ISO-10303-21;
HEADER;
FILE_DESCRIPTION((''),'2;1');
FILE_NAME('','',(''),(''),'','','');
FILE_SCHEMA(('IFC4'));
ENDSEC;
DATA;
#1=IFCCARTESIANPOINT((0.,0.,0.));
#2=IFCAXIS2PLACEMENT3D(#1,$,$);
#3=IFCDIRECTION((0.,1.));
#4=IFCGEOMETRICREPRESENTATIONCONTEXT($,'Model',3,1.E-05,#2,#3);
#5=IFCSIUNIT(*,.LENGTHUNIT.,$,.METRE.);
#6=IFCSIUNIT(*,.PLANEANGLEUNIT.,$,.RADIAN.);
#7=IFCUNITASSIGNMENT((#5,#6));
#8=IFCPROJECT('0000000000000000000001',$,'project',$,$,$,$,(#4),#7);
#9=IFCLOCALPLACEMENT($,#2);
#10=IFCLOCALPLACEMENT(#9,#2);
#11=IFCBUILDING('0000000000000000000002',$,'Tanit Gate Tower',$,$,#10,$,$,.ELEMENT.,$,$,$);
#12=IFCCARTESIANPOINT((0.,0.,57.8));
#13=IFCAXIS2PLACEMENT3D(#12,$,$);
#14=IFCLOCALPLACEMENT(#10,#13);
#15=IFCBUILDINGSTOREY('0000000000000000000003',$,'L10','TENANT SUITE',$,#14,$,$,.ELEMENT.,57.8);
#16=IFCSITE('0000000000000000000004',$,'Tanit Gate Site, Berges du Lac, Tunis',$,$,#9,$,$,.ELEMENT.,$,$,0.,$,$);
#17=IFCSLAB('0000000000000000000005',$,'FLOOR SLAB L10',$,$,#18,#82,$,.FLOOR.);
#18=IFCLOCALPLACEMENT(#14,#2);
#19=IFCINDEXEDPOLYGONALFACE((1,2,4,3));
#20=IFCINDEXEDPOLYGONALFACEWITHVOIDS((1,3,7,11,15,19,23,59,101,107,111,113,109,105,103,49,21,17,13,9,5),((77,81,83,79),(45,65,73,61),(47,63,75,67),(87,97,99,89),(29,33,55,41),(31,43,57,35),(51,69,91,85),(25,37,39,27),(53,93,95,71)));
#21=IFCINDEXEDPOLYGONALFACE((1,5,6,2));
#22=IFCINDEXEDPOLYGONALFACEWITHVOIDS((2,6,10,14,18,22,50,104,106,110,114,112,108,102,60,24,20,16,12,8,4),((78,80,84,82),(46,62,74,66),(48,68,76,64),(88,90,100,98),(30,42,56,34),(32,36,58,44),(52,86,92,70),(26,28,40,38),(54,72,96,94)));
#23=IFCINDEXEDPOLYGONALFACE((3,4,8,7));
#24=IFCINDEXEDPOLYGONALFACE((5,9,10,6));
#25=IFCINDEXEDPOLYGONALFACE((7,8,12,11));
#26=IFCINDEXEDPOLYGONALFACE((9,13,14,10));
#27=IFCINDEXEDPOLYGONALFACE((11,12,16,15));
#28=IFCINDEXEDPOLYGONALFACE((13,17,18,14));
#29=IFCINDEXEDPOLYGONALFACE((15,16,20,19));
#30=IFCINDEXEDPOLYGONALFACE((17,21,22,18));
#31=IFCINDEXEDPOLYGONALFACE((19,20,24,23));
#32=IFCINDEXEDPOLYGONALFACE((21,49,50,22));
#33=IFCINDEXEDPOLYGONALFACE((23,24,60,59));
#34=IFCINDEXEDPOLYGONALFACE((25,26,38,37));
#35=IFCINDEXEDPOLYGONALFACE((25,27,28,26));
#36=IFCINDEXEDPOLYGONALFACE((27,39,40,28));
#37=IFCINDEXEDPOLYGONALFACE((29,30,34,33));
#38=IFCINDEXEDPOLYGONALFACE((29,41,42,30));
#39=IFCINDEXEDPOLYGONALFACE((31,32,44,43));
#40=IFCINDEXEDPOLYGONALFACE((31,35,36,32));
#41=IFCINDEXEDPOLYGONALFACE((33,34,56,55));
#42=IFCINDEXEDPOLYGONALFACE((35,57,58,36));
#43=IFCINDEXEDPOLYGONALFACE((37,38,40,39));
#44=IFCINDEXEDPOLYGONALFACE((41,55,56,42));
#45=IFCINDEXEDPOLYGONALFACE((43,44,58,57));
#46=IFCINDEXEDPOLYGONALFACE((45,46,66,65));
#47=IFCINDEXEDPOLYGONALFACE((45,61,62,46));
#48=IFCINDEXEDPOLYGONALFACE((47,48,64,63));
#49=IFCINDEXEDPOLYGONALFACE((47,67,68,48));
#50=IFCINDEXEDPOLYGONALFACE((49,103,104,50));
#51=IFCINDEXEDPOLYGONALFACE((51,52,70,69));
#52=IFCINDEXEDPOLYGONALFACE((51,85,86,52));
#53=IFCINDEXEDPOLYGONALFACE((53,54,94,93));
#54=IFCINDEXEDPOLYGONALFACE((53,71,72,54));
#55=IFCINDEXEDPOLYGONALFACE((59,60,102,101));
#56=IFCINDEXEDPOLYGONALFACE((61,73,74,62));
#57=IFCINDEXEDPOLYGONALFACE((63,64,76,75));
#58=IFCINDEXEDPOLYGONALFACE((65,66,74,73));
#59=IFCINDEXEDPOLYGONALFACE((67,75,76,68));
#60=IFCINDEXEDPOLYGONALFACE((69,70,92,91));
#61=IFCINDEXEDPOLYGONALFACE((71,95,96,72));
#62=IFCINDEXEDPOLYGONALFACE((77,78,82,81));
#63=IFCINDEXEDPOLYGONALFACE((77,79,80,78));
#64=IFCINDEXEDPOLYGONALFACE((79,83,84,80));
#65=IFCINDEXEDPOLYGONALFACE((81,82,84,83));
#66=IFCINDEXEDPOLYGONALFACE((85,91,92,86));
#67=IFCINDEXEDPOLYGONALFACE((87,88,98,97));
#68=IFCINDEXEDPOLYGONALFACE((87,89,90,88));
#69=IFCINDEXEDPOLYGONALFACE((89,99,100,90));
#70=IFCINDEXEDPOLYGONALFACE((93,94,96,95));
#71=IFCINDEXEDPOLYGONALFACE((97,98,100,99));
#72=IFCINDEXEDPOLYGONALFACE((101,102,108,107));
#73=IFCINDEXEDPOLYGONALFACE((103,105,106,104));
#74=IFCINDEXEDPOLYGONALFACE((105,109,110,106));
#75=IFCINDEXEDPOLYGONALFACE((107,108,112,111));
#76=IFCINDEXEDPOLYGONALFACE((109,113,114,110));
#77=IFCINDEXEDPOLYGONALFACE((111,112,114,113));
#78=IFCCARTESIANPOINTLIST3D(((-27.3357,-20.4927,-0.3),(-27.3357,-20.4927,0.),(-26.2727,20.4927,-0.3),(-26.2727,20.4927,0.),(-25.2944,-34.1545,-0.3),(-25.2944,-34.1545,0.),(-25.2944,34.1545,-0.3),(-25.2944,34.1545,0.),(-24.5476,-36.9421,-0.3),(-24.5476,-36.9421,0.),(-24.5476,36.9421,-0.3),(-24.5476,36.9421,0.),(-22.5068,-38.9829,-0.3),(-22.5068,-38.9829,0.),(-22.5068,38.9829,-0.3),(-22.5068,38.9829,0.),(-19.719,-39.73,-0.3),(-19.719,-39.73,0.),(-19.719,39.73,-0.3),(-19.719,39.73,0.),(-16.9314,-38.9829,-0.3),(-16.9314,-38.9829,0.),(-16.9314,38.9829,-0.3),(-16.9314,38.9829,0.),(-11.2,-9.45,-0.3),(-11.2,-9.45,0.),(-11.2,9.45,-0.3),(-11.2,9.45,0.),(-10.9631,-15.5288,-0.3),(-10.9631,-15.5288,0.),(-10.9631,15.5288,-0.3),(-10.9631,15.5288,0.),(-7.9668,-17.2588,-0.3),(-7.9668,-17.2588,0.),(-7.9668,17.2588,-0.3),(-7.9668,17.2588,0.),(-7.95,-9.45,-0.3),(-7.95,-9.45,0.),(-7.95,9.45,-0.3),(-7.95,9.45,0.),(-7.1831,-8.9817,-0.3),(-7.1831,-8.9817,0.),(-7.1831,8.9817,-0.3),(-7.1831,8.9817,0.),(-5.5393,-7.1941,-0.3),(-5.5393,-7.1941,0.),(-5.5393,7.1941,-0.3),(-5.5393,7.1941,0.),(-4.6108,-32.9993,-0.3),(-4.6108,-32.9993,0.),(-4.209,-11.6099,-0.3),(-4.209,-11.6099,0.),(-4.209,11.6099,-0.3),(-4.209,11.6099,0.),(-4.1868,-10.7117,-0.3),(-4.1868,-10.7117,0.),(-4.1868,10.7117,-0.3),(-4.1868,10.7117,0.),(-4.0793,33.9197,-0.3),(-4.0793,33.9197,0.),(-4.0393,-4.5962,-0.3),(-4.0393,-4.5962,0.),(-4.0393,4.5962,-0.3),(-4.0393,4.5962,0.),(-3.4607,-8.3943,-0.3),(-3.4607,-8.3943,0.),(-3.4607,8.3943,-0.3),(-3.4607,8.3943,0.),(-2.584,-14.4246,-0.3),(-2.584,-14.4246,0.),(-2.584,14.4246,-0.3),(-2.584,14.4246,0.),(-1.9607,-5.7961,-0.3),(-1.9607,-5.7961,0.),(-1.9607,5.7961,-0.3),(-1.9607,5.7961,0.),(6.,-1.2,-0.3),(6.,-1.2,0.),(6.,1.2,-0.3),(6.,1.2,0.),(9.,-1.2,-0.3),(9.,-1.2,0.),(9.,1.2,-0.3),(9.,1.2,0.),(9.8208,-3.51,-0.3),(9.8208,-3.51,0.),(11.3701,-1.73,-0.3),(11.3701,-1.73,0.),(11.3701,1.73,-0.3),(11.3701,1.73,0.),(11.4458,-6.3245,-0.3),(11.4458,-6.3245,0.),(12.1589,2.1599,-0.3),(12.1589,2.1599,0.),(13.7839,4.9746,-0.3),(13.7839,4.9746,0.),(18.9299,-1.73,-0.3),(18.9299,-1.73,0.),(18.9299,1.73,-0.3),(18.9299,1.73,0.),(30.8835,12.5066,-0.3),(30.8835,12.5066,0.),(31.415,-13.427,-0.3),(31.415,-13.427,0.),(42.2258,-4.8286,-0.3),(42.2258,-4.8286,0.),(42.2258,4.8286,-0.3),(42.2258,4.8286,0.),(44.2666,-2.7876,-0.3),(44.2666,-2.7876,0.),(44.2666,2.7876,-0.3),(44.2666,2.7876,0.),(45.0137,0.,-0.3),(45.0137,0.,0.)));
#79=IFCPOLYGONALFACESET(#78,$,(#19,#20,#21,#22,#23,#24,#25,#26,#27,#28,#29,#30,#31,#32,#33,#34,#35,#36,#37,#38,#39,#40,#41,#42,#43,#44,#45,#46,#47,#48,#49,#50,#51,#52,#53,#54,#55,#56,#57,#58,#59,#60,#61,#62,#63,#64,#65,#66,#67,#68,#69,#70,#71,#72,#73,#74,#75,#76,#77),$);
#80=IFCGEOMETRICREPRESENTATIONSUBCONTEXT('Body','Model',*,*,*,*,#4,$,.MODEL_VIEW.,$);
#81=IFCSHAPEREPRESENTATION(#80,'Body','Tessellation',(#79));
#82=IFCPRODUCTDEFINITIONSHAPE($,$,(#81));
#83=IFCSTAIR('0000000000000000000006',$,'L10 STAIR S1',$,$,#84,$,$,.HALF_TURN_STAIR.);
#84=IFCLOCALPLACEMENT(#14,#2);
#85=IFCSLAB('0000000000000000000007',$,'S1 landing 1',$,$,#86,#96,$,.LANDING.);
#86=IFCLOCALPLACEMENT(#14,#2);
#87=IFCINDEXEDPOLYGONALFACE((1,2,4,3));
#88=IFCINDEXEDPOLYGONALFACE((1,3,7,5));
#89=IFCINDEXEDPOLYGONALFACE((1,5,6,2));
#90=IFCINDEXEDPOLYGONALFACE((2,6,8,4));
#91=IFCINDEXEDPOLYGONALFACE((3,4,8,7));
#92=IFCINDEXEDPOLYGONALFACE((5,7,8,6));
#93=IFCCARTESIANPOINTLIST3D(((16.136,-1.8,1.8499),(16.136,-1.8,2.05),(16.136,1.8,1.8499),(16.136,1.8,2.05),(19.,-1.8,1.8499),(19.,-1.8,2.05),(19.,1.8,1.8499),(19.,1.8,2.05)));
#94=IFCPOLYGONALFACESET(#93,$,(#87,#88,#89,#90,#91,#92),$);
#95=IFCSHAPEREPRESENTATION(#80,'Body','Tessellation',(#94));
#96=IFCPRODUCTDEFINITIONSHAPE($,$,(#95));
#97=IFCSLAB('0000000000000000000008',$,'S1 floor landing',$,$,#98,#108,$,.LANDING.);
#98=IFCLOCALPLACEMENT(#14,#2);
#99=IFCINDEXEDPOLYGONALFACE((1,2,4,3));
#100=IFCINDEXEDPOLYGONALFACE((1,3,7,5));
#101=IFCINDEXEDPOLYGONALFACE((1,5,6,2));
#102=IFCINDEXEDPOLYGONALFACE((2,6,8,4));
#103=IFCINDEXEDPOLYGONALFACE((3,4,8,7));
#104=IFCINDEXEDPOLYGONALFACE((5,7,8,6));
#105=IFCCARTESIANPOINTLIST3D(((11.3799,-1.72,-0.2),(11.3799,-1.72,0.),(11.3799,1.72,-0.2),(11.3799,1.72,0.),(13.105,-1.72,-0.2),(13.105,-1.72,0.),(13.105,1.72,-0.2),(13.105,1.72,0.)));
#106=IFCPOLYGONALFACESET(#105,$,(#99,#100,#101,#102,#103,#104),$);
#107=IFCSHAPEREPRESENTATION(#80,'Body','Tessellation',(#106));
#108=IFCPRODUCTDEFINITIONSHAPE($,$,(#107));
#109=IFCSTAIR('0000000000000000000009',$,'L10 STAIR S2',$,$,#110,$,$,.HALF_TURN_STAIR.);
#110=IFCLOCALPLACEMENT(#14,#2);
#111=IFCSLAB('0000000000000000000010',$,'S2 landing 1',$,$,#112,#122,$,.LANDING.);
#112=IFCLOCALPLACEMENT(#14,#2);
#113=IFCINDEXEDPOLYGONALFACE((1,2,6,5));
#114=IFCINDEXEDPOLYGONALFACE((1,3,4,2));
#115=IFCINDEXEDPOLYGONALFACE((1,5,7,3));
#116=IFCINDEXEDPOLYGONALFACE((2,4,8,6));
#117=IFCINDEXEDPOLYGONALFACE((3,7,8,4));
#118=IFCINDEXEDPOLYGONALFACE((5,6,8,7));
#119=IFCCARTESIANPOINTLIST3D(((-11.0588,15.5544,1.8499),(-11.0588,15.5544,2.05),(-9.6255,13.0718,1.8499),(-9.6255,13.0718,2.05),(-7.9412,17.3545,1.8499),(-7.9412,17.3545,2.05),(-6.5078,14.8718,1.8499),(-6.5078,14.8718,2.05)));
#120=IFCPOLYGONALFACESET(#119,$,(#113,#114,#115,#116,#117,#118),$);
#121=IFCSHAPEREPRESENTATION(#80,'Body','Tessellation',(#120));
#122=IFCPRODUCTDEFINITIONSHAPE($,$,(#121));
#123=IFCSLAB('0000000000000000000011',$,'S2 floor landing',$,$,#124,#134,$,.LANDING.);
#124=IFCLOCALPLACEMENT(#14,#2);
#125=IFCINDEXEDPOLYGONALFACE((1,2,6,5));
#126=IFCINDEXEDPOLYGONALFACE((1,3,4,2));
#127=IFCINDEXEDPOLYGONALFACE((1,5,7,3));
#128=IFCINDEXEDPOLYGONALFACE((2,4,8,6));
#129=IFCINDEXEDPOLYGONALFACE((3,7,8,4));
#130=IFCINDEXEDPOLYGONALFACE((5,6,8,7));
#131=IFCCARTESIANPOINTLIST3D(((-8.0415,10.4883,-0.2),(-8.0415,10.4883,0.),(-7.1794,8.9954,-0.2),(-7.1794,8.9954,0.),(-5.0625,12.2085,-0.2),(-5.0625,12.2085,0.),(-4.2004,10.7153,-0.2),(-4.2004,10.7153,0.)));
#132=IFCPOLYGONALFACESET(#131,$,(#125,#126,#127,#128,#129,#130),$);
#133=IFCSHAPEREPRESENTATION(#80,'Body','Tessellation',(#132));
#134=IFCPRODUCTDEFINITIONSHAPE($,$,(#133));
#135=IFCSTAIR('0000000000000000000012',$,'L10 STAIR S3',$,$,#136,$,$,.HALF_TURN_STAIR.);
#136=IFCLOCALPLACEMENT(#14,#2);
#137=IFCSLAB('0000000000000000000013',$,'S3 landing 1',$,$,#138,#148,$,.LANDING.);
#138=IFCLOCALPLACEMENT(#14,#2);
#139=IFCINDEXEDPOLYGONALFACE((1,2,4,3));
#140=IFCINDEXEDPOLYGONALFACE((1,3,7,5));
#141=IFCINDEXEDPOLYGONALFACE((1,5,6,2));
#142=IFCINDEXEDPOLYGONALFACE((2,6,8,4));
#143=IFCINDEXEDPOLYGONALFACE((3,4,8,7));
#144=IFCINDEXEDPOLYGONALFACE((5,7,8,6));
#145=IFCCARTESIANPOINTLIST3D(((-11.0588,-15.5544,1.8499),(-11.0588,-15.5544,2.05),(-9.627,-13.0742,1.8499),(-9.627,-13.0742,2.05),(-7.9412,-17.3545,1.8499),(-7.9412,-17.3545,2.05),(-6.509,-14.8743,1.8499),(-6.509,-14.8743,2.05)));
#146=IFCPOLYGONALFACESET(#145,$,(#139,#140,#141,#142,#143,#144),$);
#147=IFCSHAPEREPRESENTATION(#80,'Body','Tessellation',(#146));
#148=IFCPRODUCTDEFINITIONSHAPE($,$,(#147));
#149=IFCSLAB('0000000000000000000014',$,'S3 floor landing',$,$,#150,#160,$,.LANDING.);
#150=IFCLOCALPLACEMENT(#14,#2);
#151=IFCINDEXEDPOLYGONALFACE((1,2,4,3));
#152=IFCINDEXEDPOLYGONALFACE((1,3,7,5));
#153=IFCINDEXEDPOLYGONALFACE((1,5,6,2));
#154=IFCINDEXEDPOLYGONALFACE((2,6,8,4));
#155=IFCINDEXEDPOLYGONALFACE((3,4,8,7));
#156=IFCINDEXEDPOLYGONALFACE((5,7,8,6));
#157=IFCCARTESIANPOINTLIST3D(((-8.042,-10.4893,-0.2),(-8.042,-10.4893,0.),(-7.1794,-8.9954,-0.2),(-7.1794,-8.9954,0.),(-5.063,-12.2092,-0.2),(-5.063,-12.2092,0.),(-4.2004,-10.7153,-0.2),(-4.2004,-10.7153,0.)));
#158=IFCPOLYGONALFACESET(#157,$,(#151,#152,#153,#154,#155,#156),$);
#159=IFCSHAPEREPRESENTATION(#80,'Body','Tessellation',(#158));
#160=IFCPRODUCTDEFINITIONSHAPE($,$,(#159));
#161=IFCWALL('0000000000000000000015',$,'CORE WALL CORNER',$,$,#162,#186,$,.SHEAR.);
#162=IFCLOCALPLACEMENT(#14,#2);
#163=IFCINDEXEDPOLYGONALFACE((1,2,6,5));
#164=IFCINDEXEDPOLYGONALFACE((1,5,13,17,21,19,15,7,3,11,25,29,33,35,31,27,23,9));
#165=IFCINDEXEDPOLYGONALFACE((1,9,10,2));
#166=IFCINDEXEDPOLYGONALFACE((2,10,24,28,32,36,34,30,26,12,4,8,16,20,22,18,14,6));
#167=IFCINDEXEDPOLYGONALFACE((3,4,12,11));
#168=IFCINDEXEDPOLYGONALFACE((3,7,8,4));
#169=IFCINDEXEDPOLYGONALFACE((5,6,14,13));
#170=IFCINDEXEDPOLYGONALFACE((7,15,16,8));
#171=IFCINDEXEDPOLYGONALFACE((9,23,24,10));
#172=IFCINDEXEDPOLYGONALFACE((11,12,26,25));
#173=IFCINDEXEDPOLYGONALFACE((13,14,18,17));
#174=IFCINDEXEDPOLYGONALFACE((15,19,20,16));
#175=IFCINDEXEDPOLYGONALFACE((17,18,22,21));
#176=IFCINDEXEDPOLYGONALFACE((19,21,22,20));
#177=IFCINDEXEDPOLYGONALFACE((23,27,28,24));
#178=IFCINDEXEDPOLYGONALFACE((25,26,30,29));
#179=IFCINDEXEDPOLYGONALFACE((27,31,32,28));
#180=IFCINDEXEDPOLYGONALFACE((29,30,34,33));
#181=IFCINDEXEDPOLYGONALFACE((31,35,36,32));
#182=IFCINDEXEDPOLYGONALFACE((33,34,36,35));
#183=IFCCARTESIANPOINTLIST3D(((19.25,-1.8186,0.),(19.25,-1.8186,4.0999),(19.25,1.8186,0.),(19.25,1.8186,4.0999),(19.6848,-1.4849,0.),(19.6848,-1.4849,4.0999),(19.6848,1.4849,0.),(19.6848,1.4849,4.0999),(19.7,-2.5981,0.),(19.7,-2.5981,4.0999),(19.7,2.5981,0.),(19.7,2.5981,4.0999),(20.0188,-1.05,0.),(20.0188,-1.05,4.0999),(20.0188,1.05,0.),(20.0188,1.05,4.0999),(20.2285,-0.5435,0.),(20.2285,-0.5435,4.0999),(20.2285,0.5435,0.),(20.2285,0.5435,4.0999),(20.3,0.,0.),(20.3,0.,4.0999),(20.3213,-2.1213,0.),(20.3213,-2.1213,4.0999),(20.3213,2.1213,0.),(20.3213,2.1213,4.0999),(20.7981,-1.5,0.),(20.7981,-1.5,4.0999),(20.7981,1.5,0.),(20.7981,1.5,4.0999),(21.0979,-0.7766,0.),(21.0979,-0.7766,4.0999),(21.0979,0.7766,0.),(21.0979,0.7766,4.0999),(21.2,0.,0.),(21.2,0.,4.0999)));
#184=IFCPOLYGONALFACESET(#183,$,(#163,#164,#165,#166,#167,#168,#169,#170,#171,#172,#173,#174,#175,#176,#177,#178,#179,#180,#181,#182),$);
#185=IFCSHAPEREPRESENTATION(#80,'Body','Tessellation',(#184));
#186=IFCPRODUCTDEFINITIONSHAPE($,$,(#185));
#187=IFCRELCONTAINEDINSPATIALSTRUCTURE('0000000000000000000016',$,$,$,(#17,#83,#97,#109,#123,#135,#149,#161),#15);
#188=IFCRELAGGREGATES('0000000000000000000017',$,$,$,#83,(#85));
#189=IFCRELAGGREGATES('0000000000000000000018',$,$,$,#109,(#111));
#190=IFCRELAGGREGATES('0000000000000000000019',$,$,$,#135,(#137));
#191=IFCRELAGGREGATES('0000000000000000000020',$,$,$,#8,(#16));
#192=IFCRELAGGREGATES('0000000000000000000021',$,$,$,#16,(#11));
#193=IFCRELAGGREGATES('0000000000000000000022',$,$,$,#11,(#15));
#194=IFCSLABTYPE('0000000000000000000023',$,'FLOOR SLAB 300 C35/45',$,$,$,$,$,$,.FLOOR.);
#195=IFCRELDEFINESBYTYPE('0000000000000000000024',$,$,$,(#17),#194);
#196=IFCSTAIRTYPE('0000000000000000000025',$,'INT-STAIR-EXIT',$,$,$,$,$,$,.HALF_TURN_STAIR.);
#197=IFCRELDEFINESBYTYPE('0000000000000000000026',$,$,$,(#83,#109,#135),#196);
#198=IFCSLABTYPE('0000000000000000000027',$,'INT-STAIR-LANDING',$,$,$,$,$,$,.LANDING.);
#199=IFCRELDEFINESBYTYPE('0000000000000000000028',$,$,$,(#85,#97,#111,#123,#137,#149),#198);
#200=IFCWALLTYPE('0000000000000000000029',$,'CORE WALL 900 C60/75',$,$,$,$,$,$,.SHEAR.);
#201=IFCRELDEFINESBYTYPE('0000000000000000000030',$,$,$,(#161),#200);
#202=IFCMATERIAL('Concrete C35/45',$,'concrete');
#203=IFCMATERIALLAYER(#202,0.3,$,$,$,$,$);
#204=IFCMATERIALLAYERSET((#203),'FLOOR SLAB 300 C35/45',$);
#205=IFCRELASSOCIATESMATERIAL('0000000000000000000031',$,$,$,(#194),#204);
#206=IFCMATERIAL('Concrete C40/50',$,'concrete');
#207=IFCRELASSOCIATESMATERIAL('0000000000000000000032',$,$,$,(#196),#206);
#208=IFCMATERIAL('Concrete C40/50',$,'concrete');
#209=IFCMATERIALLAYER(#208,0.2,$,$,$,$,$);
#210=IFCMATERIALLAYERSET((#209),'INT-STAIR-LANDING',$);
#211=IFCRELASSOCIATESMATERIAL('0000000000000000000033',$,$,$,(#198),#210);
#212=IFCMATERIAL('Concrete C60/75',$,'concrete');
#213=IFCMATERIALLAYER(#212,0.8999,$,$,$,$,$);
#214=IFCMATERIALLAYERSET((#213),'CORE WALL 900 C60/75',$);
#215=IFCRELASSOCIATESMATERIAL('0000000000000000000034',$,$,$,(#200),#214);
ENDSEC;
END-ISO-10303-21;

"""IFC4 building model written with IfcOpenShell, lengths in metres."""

from ifc_helpers import new_model, si_unit, direction, frame, origin, place, context, subcontext, project, spatial, polyline, outline, extrude, material, layer, layer_set, type_object, element, aggregate, save


model = new_model("IFC4")

# Units and contexts
model_context = context("Model", 3, precision=1e-05, world=origin(), true_north=direction((0.0, 1.0)))
body_context = subcontext(model_context, "Body", "Model", "MODEL_VIEW")
ifc_project = project(units=[si_unit("LENGTHUNIT", "METRE"), si_unit("PLANEANGLEUNIT", "RADIAN")], contexts=[model_context])

# Site, building, storey
site_placement = place(None, origin())
site = spatial("IfcSite", under=ifc_project, at=site_placement, Name="Tanit Gate Site, Berges du Lac, Tunis", CompositionType="ELEMENT", RefElevation=0.0)
building_placement = place(site_placement, origin())
building = spatial("IfcBuilding", under=site, at=building_placement, Name="Tanit Gate Tower", CompositionType="ELEMENT")
storey_placement = place(building_placement, frame((0.0, 0.0, 57.8)))
storey = spatial("IfcBuildingStorey", under=building, at=storey_placement, Name="L10", Description="TENANT SUITE", CompositionType="ELEMENT", Elevation=57.8)

# Slab
ifc_material_1 = material(Name="Concrete C35/45", Category="concrete")
ifc_layer_1 = layer(ifc_material_1, 0.3)
ifc_layer_set_1 = layer_set([ifc_layer_1], Name="FLOOR SLAB 300 C35/45")
slab_type_1 = type_object("IfcSlabType", Name="FLOOR SLAB 300 C35/45", PredefinedType="FLOOR", material=ifc_layer_set_1)
slab_1_placement = place(storey_placement, frame((0.0, 0.0, -0.3)))
element("IfcSlab", 1, at=slab_1_placement, inside=storey, type_object=slab_type_1, Name="FLOOR SLAB L10", PredefinedType="FLOOR", context=body_context, shape_type="SweptSolid", body=[
    extrude(outline(polyline([(42.2258, 4.8286), (44.2666, 2.7876), (45.0137, 0.0), (44.2666, -2.7876), (42.2258, -4.8286), (31.415, -13.427), (-4.6108, -32.9993), (-16.9314, -38.9829), (-19.719, -39.73), (-22.5068, -38.9829), (-24.5476, -36.9421), (-25.2944, -34.1545), (-27.3357, -20.4927), (-26.2727, 20.4927), (-25.2944, 34.1545), (-24.5476, 36.9421), (-22.5068, 38.9829), (-19.719, 39.73), (-16.9314, 38.9829), (-4.0793, 33.9197), (30.8835, 12.5066), (42.2258, 4.8286)]), holes=[polyline([(11.3701, 1.73), (18.9299, 1.73), (18.9299, -1.73), (11.3701, -1.73), (11.3701, 1.73)]), polyline([(-4.209, 11.6099), (-2.584, 14.4246), (13.7839, 4.9746), (12.1589, 2.1599), (-4.209, 11.6099)]), polyline([(-4.209, -11.6099), (9.8208, -3.51), (11.4458, -6.3245), (-2.584, -14.4246), (-4.209, -11.6099)]), polyline([(9.0, 1.2), (9.0, -1.2), (6.0, -1.2), (6.0, 1.2), (9.0, 1.2)]), polyline([(-5.5393, 7.1941), (-3.4607, 8.3943), (-1.9607, 5.7961), (-4.0393, 4.5962), (-5.5393, 7.1941)]), polyline([(-1.9607, -5.7961), (-3.4607, -8.3943), (-5.5393, -7.1941), (-4.0393, -4.5962), (-1.9607, -5.7961)]), polyline([(-10.9631, 15.5288), (-7.9668, 17.2588), (-4.1868, 10.7117), (-7.1831, 8.9817), (-10.9631, 15.5288)]), polyline([(-4.1868, -10.7117), (-7.9668, -17.2588), (-10.9631, -15.5288), (-7.1831, -8.9817), (-4.1868, -10.7117)]), polyline([(-11.2, -9.45), (-11.2, 9.45), (-7.95, 9.45), (-7.95, -9.45), (-11.2, -9.45)])]), origin(), (0.0, 0.0, 1.0), 0.3),
])

# Stair, slab
ifc_material_2 = material(Name="Concrete C40/50", Category="concrete")
stair_type = type_object("IfcStairType", Name="INT-STAIR-EXIT", PredefinedType="HALF_TURN_STAIR", material=ifc_material_2)
stair_1_placement = place(storey_placement, origin())
stair_1 = element("IfcStair", 2, at=stair_1_placement, inside=storey, type_object=stair_type, Name="L10 STAIR S1", PredefinedType="HALF_TURN_STAIR")
ifc_material_3 = material(Name="Concrete C40/50", Category="concrete")
ifc_layer_2 = layer(ifc_material_3, 0.2)
ifc_layer_set_2 = layer_set([ifc_layer_2], Name="INT-STAIR-LANDING")
slab_type_2 = type_object("IfcSlabType", Name="INT-STAIR-LANDING", PredefinedType="LANDING", material=ifc_layer_set_2)
slab_2_placement = place(storey_placement, frame((0.0, 0.0, 1.8499)))
slab_2 = element("IfcSlab", 3, at=slab_2_placement, type_object=slab_type_2, Name="S1 landing 1", PredefinedType="LANDING", context=body_context, shape_type="SweptSolid", body=[
    extrude(outline(polyline([(16.136, -1.8), (19.0, -1.8), (19.0, 1.8), (16.136, 1.8), (16.136, -1.8)])), origin(), (0.0, 0.0, 1.0), 0.2002),
])
aggregate(stair_1, [slab_2])

# Slab
slab_3_placement = place(storey_placement, frame((0.0, 0.0, -0.2)))
element("IfcSlab", 4, at=slab_3_placement, inside=storey, type_object=slab_type_2, Name="S1 floor landing", PredefinedType="LANDING", context=body_context, shape_type="SweptSolid", body=[
    extrude(outline(polyline([(11.3799, -1.72), (13.105, -1.72), (13.105, 1.72), (11.3799, 1.72), (11.3799, -1.72)])), origin(), (0.0, 0.0, 1.0), 0.2),
])

# Stair, slab
stair_2_placement = place(storey_placement, origin())
stair_2 = element("IfcStair", 5, at=stair_2_placement, inside=storey, type_object=stair_type, Name="L10 STAIR S2", PredefinedType="HALF_TURN_STAIR")
slab_4_placement = place(storey_placement, frame((0.0, 0.0, 1.8499)))
slab_4 = element("IfcSlab", 6, at=slab_4_placement, type_object=slab_type_2, Name="S2 landing 1", PredefinedType="LANDING", context=body_context, shape_type="SweptSolid", body=[
    extrude(outline(polyline([(-6.5078, 14.8718), (-7.9412, 17.3545), (-11.0588, 15.5544), (-9.6255, 13.0718), (-6.5078, 14.8718)])), origin(), (0.0, 0.0, 1.0), 0.2002),
])
aggregate(stair_2, [slab_4])

# Slab
slab_5_placement = place(storey_placement, frame((0.0, 0.0, -0.2)))
element("IfcSlab", 7, at=slab_5_placement, inside=storey, type_object=slab_type_2, Name="S2 floor landing", PredefinedType="LANDING", context=body_context, shape_type="SweptSolid", body=[
    extrude(outline(polyline([(-4.2004, 10.7153), (-5.0625, 12.2085), (-8.0415, 10.4883), (-7.1794, 8.9954), (-4.2004, 10.7153)])), origin(), (0.0, 0.0, 1.0), 0.2),
])

# Stair, slab
stair_3_placement = place(storey_placement, origin())
stair_3 = element("IfcStair", 8, at=stair_3_placement, inside=storey, type_object=stair_type, Name="L10 STAIR S3", PredefinedType="HALF_TURN_STAIR")
slab_6_placement = place(storey_placement, frame((0.0, 0.0, 1.8499)))
slab_6 = element("IfcSlab", 9, at=slab_6_placement, type_object=slab_type_2, Name="S3 landing 1", PredefinedType="LANDING", context=body_context, shape_type="SweptSolid", body=[
    extrude(outline(polyline([(-9.627, -13.0742), (-11.0588, -15.5544), (-7.9412, -17.3545), (-6.509, -14.8743), (-9.627, -13.0742)])), origin(), (0.0, 0.0, 1.0), 0.2002),
])
aggregate(stair_3, [slab_6])

# Slab
slab_7_placement = place(storey_placement, frame((0.0, 0.0, -0.2)))
element("IfcSlab", 10, at=slab_7_placement, inside=storey, type_object=slab_type_2, Name="S3 floor landing", PredefinedType="LANDING", context=body_context, shape_type="SweptSolid", body=[
    extrude(outline(polyline([(-7.1794, -8.9954), (-8.042, -10.4893), (-5.063, -12.2092), (-4.2004, -10.7153), (-7.1794, -8.9954)])), origin(), (0.0, 0.0, 1.0), 0.2),
])

# Wall
ifc_material_4 = material(Name="Concrete C60/75", Category="concrete")
ifc_layer_3 = layer(ifc_material_4, 0.8999)
ifc_layer_set_3 = layer_set([ifc_layer_3], Name="CORE WALL 900 C60/75")
wall_type_1 = type_object("IfcWallType", Name="CORE WALL 900 C60/75", PredefinedType="SHEAR", material=ifc_layer_set_3)
wall_1_placement = place(storey_placement, origin())
element("IfcWall", 11, at=wall_1_placement, inside=storey, type_object=wall_type_1, Name="CORE WALL CORNER", PredefinedType="SHEAR", context=body_context, shape_type="SweptSolid", body=[
    extrude(outline(polyline([(19.7, -2.5981), (20.3213, -2.1213), (20.7981, -1.5), (21.0979, -0.7766), (21.2, 0.0), (21.0979, 0.7766), (20.7981, 1.5), (20.3213, 2.1213), (19.7, 2.5981), (19.25, 1.8186), (19.6848, 1.4849), (20.0188, 1.05), (20.2285, 0.5435), (20.3, 0.0), (20.2285, -0.5435), (20.0188, -1.05), (19.6848, -1.4849), (19.25, -1.8186), (19.7, -2.5981)])), origin(), (0.0, 0.0, 1.0), 4.0999),
])

save(model, "model.ifc")
